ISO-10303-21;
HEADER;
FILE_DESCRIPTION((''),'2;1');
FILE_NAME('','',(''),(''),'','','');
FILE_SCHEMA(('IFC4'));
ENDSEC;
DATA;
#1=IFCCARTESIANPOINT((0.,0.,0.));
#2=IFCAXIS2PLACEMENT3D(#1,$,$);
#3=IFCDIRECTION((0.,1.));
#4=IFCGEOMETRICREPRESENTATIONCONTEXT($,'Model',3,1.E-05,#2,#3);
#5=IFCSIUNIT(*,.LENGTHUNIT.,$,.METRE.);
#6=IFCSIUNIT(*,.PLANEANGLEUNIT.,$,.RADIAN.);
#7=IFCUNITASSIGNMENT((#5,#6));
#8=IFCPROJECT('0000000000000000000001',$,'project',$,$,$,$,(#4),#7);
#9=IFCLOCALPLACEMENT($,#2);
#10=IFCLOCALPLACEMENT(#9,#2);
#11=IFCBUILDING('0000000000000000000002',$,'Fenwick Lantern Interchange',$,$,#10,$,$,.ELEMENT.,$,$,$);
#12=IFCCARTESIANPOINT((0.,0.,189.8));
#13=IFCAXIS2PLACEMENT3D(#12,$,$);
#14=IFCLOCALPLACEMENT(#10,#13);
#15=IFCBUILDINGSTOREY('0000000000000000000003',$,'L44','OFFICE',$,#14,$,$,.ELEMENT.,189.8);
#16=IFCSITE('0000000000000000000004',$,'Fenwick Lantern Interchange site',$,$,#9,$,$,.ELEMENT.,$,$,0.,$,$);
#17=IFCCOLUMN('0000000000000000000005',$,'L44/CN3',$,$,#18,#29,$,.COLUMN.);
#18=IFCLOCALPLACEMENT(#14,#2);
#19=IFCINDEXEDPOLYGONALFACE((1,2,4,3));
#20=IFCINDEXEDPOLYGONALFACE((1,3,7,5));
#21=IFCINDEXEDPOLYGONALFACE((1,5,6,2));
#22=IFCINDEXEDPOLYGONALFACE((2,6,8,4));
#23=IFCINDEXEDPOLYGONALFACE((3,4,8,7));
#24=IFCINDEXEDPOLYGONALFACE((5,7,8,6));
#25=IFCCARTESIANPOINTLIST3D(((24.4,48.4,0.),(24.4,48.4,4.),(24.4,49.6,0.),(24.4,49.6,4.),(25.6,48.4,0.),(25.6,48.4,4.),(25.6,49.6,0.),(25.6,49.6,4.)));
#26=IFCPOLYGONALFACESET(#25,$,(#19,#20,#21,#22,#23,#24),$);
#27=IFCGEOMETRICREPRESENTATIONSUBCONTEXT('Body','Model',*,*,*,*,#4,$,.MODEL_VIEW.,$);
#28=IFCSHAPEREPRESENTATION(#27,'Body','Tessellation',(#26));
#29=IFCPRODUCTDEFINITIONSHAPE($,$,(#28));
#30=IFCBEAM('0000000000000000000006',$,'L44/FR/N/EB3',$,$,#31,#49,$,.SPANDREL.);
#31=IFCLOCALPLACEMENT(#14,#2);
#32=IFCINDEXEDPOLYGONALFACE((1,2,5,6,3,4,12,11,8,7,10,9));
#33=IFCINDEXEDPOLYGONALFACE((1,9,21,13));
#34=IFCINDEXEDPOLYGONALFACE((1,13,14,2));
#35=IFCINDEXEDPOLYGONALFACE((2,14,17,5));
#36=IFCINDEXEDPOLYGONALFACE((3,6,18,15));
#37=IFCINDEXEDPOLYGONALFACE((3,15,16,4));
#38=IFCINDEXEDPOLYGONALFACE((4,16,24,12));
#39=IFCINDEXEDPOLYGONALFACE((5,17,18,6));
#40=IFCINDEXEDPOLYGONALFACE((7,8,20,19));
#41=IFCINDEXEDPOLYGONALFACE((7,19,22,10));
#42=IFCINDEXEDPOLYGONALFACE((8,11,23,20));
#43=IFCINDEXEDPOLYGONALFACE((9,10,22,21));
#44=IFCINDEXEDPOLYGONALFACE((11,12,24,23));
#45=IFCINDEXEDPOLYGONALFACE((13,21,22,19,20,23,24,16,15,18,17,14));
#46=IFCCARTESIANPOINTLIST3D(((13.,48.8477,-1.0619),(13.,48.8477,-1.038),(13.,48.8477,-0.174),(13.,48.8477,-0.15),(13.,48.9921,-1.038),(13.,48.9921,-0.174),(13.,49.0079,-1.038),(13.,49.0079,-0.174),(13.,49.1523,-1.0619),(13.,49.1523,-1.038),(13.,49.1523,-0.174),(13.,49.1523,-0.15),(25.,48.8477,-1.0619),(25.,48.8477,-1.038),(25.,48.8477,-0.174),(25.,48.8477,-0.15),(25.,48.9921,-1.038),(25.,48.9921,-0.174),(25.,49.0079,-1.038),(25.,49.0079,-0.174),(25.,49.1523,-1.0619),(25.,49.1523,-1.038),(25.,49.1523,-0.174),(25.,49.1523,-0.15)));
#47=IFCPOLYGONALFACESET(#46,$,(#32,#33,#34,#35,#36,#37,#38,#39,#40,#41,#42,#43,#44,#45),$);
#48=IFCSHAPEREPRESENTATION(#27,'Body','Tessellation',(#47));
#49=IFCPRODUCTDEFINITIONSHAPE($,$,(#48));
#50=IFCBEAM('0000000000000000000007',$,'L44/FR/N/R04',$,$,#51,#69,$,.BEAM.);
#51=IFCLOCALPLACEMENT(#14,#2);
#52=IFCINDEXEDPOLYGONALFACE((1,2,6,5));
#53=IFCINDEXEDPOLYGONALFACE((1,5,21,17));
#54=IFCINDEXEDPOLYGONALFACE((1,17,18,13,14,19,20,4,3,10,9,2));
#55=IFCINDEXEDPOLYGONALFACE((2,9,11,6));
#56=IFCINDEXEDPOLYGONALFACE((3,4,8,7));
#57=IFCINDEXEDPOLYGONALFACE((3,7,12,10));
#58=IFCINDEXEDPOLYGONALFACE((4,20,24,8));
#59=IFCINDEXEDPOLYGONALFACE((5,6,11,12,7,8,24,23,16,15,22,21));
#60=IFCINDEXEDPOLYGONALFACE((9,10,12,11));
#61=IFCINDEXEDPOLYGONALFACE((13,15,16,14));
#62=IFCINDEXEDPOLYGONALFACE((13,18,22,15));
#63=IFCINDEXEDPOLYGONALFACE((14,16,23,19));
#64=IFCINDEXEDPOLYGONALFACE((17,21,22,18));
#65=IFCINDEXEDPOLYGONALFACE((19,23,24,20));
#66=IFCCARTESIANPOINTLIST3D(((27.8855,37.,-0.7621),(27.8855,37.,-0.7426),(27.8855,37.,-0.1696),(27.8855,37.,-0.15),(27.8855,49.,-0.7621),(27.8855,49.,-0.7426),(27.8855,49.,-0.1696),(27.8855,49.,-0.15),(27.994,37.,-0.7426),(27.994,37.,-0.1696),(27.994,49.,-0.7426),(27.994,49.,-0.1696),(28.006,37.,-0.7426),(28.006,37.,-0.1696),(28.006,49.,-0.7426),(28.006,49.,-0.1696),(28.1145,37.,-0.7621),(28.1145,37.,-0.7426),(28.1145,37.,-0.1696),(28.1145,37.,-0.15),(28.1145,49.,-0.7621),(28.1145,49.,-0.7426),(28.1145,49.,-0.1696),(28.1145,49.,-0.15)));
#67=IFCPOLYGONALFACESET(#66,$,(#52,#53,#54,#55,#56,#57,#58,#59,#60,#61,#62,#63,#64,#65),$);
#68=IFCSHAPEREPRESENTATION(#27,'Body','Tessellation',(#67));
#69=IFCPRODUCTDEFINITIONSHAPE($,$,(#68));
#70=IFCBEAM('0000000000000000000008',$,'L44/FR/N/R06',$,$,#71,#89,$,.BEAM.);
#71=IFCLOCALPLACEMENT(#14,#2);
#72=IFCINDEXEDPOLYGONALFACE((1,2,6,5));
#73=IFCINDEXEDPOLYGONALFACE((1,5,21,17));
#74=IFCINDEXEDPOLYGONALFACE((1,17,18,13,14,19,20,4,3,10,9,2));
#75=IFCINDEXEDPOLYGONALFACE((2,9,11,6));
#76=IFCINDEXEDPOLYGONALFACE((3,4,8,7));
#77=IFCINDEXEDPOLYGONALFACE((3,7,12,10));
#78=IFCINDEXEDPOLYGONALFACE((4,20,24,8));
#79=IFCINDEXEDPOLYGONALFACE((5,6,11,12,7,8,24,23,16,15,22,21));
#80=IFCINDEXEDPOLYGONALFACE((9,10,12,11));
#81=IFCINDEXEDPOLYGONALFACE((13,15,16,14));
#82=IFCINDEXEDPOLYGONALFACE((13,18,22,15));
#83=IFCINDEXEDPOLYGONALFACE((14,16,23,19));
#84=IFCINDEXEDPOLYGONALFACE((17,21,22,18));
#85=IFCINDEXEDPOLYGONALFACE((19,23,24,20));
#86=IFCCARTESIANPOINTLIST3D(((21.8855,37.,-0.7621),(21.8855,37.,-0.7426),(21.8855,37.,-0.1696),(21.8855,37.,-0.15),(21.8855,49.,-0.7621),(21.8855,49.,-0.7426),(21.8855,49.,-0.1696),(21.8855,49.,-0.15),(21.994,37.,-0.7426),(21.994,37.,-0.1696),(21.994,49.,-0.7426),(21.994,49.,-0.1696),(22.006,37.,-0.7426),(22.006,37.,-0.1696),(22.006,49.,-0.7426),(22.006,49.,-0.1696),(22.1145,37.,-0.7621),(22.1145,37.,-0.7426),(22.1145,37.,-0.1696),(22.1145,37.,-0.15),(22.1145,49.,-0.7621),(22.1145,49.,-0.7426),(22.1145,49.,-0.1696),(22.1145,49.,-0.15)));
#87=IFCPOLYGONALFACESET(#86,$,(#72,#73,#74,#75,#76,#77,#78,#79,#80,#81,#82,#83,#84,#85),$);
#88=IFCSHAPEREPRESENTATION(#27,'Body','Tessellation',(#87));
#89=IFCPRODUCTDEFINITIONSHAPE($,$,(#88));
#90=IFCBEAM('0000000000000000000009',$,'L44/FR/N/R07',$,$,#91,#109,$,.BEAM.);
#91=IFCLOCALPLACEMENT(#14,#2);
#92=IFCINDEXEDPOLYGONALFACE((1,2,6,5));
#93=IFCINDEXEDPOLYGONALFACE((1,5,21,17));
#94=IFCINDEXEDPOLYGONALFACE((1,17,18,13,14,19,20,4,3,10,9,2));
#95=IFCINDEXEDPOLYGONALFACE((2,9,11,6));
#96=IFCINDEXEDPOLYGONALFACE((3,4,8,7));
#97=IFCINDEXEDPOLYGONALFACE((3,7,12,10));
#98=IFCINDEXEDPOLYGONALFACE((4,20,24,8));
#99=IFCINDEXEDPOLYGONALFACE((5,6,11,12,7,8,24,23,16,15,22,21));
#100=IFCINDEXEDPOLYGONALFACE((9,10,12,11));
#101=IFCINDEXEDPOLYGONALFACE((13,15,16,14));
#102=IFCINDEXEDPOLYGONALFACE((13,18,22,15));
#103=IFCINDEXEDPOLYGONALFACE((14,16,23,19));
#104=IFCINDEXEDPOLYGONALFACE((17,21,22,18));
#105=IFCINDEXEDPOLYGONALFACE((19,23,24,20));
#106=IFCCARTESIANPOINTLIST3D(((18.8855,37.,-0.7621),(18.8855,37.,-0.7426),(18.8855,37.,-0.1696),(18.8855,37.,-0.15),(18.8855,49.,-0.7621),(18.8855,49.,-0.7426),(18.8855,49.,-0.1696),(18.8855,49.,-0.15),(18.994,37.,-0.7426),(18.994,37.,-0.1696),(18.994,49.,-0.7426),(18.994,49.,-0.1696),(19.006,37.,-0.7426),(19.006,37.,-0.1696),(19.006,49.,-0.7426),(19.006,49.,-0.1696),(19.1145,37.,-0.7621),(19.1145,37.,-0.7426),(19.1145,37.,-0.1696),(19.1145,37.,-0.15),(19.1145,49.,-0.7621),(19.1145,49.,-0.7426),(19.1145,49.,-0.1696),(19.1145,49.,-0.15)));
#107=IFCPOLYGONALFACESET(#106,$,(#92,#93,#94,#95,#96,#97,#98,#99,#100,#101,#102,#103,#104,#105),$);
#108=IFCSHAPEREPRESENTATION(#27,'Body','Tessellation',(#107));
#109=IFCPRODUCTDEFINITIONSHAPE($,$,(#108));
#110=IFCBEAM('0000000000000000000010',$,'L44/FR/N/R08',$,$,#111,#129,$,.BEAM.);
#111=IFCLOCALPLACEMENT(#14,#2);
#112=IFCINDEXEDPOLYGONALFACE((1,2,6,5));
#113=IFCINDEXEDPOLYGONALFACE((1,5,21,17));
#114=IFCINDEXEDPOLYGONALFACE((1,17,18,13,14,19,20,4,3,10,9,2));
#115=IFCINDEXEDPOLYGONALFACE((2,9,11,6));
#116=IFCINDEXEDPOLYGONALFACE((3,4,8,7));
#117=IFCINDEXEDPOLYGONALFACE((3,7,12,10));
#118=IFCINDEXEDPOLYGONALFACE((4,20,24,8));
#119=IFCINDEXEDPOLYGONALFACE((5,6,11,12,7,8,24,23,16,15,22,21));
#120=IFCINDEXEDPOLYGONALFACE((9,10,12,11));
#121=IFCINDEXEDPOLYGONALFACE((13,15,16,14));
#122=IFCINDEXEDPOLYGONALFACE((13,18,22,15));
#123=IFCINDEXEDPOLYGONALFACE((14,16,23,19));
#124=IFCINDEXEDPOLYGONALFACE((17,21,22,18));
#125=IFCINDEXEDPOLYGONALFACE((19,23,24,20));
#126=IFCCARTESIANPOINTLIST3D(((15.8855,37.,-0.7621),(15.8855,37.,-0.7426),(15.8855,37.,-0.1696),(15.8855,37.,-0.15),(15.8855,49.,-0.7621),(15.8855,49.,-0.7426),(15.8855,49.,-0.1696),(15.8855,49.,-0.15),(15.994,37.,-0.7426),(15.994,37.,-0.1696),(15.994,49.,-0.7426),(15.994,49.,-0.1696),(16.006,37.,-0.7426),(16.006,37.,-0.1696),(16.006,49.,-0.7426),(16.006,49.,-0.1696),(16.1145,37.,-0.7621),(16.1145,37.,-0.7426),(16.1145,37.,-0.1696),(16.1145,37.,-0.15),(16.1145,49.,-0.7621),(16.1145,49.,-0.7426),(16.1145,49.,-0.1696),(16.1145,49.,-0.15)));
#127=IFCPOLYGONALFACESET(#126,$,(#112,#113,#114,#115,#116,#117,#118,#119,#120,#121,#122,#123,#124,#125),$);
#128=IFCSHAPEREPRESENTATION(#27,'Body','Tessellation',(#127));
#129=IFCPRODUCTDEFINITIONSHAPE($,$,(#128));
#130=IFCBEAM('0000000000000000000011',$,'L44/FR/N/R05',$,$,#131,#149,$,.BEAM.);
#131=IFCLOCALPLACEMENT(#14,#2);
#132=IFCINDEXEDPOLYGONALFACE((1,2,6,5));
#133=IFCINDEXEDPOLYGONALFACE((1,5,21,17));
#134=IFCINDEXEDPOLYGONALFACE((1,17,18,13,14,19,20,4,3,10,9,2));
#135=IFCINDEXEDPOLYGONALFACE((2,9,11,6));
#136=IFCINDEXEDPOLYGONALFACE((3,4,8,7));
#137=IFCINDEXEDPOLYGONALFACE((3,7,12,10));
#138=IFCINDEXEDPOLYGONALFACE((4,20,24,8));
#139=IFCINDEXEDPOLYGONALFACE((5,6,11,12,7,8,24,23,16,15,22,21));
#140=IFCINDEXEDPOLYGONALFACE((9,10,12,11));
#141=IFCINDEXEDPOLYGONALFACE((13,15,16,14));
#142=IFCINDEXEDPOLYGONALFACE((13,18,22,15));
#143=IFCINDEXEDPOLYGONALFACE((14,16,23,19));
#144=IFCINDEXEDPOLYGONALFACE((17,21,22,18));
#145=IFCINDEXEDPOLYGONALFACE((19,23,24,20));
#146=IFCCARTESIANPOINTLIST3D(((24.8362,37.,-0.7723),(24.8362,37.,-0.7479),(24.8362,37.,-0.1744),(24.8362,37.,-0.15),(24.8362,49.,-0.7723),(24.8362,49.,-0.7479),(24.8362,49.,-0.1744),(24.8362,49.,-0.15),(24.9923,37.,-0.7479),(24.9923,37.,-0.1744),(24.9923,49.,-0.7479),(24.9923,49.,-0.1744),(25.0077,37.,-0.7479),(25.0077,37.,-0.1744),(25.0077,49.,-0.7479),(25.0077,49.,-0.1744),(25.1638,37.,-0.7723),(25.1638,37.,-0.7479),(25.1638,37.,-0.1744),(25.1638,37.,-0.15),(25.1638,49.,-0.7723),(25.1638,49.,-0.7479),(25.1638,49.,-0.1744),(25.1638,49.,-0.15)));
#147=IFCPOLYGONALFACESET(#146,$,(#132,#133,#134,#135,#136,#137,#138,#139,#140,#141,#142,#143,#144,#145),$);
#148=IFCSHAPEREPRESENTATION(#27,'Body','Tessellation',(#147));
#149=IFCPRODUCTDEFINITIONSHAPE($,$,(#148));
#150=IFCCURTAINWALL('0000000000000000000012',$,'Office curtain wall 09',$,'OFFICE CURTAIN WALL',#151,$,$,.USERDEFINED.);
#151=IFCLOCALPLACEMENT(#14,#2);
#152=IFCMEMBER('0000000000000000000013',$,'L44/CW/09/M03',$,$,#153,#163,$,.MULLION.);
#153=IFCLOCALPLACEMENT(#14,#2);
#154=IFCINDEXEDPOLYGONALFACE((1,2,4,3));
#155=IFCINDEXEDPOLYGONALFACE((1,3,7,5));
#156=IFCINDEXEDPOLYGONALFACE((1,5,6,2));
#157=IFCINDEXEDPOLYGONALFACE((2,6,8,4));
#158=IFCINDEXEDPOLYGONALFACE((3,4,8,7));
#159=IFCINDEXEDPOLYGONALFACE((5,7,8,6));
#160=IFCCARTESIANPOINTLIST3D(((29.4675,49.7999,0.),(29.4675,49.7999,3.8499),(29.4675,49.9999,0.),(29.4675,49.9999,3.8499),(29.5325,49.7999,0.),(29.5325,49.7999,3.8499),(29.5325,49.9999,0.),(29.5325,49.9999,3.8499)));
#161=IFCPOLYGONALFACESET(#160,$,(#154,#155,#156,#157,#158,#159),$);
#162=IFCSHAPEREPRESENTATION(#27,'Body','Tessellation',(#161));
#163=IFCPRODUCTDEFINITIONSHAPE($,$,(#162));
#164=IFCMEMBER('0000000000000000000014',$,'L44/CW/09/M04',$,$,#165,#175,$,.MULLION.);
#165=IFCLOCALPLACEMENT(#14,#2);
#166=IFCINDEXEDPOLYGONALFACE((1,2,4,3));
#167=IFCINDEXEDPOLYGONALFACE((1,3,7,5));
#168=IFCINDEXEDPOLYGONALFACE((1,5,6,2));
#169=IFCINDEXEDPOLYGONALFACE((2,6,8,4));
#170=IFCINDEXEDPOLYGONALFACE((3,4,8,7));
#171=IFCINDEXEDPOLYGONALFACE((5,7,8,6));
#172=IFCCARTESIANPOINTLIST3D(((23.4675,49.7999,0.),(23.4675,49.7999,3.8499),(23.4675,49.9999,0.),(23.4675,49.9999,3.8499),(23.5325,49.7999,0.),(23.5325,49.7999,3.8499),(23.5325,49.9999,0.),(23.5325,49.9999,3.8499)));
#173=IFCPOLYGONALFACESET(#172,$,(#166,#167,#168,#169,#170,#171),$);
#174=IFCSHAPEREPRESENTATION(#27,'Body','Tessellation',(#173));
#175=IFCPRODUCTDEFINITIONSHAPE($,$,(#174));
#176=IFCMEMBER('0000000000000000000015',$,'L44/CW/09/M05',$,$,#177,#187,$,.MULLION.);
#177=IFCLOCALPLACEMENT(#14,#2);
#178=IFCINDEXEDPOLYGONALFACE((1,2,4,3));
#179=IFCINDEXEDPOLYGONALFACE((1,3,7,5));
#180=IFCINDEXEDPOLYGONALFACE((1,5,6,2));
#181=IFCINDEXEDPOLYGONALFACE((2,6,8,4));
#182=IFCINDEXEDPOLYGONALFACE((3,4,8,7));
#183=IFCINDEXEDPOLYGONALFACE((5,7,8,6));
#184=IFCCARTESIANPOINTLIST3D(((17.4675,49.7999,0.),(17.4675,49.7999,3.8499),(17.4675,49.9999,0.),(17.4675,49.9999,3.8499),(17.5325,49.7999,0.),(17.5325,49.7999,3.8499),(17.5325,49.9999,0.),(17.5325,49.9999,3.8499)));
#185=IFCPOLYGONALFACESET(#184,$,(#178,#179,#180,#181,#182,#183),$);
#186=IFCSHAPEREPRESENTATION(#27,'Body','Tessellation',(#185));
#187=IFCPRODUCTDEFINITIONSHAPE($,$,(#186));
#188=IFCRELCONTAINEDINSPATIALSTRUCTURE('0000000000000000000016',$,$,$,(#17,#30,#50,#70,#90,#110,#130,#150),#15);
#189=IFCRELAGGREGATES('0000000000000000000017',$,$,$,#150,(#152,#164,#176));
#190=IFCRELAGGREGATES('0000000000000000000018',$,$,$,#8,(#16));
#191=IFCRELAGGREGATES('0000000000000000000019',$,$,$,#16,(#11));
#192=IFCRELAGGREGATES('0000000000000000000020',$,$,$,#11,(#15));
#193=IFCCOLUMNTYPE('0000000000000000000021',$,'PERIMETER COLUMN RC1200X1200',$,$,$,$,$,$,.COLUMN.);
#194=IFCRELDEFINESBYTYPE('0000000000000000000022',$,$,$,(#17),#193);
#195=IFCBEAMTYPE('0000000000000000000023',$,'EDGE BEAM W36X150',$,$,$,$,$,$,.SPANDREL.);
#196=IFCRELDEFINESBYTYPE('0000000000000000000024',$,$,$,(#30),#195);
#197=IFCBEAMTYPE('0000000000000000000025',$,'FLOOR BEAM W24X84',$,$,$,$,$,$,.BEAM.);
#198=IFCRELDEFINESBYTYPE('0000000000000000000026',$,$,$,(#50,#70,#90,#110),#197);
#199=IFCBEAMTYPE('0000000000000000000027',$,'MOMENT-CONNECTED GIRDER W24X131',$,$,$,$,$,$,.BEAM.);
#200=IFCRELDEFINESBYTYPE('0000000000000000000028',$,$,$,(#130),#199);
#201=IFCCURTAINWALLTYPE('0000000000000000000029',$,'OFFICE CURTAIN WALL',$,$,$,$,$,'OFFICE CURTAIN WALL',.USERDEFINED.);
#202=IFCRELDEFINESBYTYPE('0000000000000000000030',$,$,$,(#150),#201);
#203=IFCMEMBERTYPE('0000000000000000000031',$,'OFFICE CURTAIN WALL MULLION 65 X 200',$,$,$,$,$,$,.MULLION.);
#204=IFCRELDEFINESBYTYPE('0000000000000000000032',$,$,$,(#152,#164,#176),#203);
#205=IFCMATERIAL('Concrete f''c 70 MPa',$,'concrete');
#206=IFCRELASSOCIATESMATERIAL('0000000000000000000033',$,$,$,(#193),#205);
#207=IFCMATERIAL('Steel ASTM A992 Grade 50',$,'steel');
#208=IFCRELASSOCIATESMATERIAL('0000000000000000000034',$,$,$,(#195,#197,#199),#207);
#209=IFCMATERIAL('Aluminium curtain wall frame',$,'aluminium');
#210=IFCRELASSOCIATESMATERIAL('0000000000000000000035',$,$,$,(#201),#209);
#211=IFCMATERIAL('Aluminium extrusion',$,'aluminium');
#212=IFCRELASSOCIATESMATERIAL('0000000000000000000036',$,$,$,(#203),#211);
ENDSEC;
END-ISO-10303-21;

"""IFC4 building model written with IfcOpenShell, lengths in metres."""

from ifc_helpers import new_model, si_unit, direction, frame, origin, origin_2d, place, context, subcontext, project, spatial, rectangle, i_section, extrude, material, material_profile, profile_set, type_object, element, aggregate, save


model = new_model("IFC4")

# Units and contexts
model_context = context("Model", 3, precision=1e-05, world=origin(), true_north=direction((0.0, 1.0)))
body_context = subcontext(model_context, "Body", "Model", "MODEL_VIEW")
ifc_project = project(units=[si_unit("LENGTHUNIT", "METRE"), si_unit("PLANEANGLEUNIT", "RADIAN")], contexts=[model_context])

# Site, building, storey
site_placement = place(None, origin())
site = spatial("IfcSite", under=ifc_project, at=site_placement, Name="Fenwick Lantern Interchange site", CompositionType="ELEMENT", RefElevation=0.0)
building_placement = place(site_placement, origin())
building = spatial("IfcBuilding", under=site, at=building_placement, Name="Fenwick Lantern Interchange", CompositionType="ELEMENT")
storey_placement = place(building_placement, frame((0.0, 0.0, 189.8)))
storey = spatial("IfcBuildingStorey", under=building, at=storey_placement, Name="L44", Description="OFFICE", CompositionType="ELEMENT", Elevation=189.8)

# Column
ifc_material_1 = material(Name="Concrete f'c 70 MPa", Category="concrete")
ifc_material_profile_1 = material_profile(ifc_material_1, rectangle(XDim=1.2, YDim=1.2, at=origin_2d()), Name="RC1200X1200")
ifc_profile_set_1 = profile_set([ifc_material_profile_1], Name="Concrete f'c 70 MPa")
column_type = type_object("IfcColumnType", Name="PERIMETER COLUMN RC1200X1200", PredefinedType="COLUMN", material=ifc_profile_set_1)
column_placement = place(storey_placement, frame((25.0, 49.0, 0.0), z_axis=(0.0, 0.0, 1.0), x_axis=(1.0, 0.0, 0.0)))
element("IfcColumn", 1, at=column_placement, inside=storey, type_object=column_type, Name="L44/CN3", PredefinedType="COLUMN", context=body_context, shape_type="SweptSolid", body=[
    extrude(rectangle(XDim=1.2, YDim=1.2, at=origin_2d()), origin(), (0.0, 0.0, 1.0), 4.0),
])

# Beams
ifc_material_2 = material(Name="Steel ASTM A992 Grade 50", Category="steel")
ifc_material_profile_2 = material_profile(ifc_material_2, i_section(OverallWidth=0.3047, OverallDepth=0.9119, WebThickness=0.0159, FlangeThickness=0.0239, at=origin_2d()), Name="W36X150")
ifc_profile_set_2 = profile_set([ifc_material_profile_2], Name="Steel ASTM A992 Grade 50")
beam_type_1 = type_object("IfcBeamType", Name="EDGE BEAM W36X150", PredefinedType="SPANDREL", material=ifc_profile_set_2)
beam_1_placement = place(storey_placement, frame((25.0, 49.0, -0.606), z_axis=(-1.0, 0.0, 0.0), x_axis=(0.0, -1.0, 0.0)))
element("IfcBeam", 2, at=beam_1_placement, inside=storey, type_object=beam_type_1, Name="L44/FR/N/EB3", PredefinedType="SPANDREL", context=body_context, shape_type="SweptSolid", body=[
    extrude(i_section(OverallWidth=0.3047, OverallDepth=0.9119, WebThickness=0.0159, FlangeThickness=0.0239, at=origin_2d()), origin(), (0.0, 0.0, 1.0), 12.0),
])
ifc_material_profile_3 = material_profile(ifc_material_2, i_section(OverallWidth=0.229, OverallDepth=0.6121, WebThickness=0.012, FlangeThickness=0.0195, at=origin_2d()), Name="W24X84")
ifc_profile_set_3 = profile_set([ifc_material_profile_3], Name="Steel ASTM A992 Grade 50")
beam_type_2 = type_object("IfcBeamType", Name="FLOOR BEAM W24X84", PredefinedType="BEAM", material=ifc_profile_set_3)
for number, where, z_axis, x_axis, name in (
    (3, (28.0, 49.0, -0.4561), (0.0, -1.0, 0.0), (1.0, 0.0, 0.0), "L44/FR/N/R04"),
    (4, (22.0, 49.0, -0.4561), (0.0, -1.0, 0.0), (1.0, 0.0, 0.0), "L44/FR/N/R06"),
    (5, (19.0, 49.0, -0.4561), (0.0, -1.0, 0.0), (1.0, 0.0, 0.0), "L44/FR/N/R07"),
    (6, (16.0, 49.0, -0.4561), (0.0, -1.0, 0.0), (1.0, 0.0, 0.0), "L44/FR/N/R08"),
):
    element("IfcBeam", number, at=place(storey_placement, frame(where, z_axis=z_axis, x_axis=x_axis)), inside=storey, type_object=beam_type_2, Name=name, PredefinedType="BEAM", context=body_context, shape_type="SweptSolid", body=[
        extrude(i_section(OverallWidth=0.229, OverallDepth=0.6121, WebThickness=0.012, FlangeThickness=0.0195, at=origin_2d()), origin(), (0.0, 0.0, 1.0), 12.0),
    ])
ifc_material_profile_4 = material_profile(ifc_material_2, i_section(OverallWidth=0.3276, OverallDepth=0.6223, WebThickness=0.0154, FlangeThickness=0.0244, at=origin_2d()), Name="W24X131")
ifc_profile_set_4 = profile_set([ifc_material_profile_4], Name="Steel ASTM A992 Grade 50")
beam_type_3 = type_object("IfcBeamType", Name="MOMENT-CONNECTED GIRDER W24X131", PredefinedType="BEAM", material=ifc_profile_set_4)
beam_2_placement = place(storey_placement, frame((25.0, 49.0, -0.4612), z_axis=(0.0, -1.0, 0.0), x_axis=(1.0, 0.0, 0.0)))
element("IfcBeam", 7, at=beam_2_placement, inside=storey, type_object=beam_type_3, Name="L44/FR/N/R05", PredefinedType="BEAM", context=body_context, shape_type="SweptSolid", body=[
    extrude(i_section(OverallWidth=0.3276, OverallDepth=0.6223, WebThickness=0.0154, FlangeThickness=0.0244, at=origin_2d()), origin(), (0.0, 0.0, 1.0), 12.0),
])

# Curtain wall, members
ifc_material_3 = material(Name="Aluminium curtain wall frame", Category="aluminium")
curtain_wall_type = type_object("IfcCurtainWallType", Name="OFFICE CURTAIN WALL", ElementType="OFFICE CURTAIN WALL", PredefinedType="USERDEFINED", material=ifc_material_3)
curtain_wall_placement = place(storey_placement, origin())
curtain_wall = element("IfcCurtainWall", 8, at=curtain_wall_placement, inside=storey, type_object=curtain_wall_type, Name="Office curtain wall 09", ObjectType="OFFICE CURTAIN WALL", PredefinedType="USERDEFINED")
ifc_material_4 = material(Name="Aluminium extrusion", Category="aluminium")
ifc_material_profile_5 = material_profile(ifc_material_4, rectangle(XDim=0.2, YDim=0.0649, at=origin_2d()), Name="OFFICE CURTAIN WALL MULLION 65 X 200")
ifc_profile_set_5 = profile_set([ifc_material_profile_5], Name="Aluminium extrusion")
member_type_1 = type_object("IfcMemberType", Name="OFFICE CURTAIN WALL MULLION 65 X 200", PredefinedType="MULLION", material=ifc_profile_set_5)
member_1_placement = place(storey_placement, frame((29.5, 49.8999, 0.0), z_axis=(0.0, 0.0, 1.0), x_axis=(0.0, -1.0, 0.0)))
member_1 = element("IfcMember", 9, at=member_1_placement, type_object=member_type_1, Name="L44/CW/09/M03", PredefinedType="MULLION", context=body_context, shape_type="SweptSolid", body=[
    extrude(rectangle(XDim=0.2, YDim=0.0649, at=origin_2d()), origin(), (0.0, 0.0, 1.0), 3.8499),
])
member_2_placement = place(storey_placement, frame((23.5, 49.8999, 0.0), z_axis=(0.0, 0.0, 1.0), x_axis=(0.0, -1.0, 0.0)))
member_2 = element("IfcMember", 10, at=member_2_placement, type_object=member_type_1, Name="L44/CW/09/M04", PredefinedType="MULLION", context=body_context, shape_type="SweptSolid", body=[
    extrude(rectangle(XDim=0.2, YDim=0.0649, at=origin_2d()), origin(), (0.0, 0.0, 1.0), 3.8499),
])
member_3_placement = place(storey_placement, frame((17.5, 49.8999, 0.0), z_axis=(0.0, 0.0, 1.0), x_axis=(0.0, -1.0, 0.0)))
member_3 = element("IfcMember", 11, at=member_3_placement, type_object=member_type_1, Name="L44/CW/09/M05", PredefinedType="MULLION", context=body_context, shape_type="SweptSolid", body=[
    extrude(rectangle(XDim=0.2, YDim=0.0649, at=origin_2d()), origin(), (0.0, 0.0, 1.0), 3.8499),
])
aggregate(curtain_wall, [member_1, member_2, member_3])

save(model, "model.ifc")
